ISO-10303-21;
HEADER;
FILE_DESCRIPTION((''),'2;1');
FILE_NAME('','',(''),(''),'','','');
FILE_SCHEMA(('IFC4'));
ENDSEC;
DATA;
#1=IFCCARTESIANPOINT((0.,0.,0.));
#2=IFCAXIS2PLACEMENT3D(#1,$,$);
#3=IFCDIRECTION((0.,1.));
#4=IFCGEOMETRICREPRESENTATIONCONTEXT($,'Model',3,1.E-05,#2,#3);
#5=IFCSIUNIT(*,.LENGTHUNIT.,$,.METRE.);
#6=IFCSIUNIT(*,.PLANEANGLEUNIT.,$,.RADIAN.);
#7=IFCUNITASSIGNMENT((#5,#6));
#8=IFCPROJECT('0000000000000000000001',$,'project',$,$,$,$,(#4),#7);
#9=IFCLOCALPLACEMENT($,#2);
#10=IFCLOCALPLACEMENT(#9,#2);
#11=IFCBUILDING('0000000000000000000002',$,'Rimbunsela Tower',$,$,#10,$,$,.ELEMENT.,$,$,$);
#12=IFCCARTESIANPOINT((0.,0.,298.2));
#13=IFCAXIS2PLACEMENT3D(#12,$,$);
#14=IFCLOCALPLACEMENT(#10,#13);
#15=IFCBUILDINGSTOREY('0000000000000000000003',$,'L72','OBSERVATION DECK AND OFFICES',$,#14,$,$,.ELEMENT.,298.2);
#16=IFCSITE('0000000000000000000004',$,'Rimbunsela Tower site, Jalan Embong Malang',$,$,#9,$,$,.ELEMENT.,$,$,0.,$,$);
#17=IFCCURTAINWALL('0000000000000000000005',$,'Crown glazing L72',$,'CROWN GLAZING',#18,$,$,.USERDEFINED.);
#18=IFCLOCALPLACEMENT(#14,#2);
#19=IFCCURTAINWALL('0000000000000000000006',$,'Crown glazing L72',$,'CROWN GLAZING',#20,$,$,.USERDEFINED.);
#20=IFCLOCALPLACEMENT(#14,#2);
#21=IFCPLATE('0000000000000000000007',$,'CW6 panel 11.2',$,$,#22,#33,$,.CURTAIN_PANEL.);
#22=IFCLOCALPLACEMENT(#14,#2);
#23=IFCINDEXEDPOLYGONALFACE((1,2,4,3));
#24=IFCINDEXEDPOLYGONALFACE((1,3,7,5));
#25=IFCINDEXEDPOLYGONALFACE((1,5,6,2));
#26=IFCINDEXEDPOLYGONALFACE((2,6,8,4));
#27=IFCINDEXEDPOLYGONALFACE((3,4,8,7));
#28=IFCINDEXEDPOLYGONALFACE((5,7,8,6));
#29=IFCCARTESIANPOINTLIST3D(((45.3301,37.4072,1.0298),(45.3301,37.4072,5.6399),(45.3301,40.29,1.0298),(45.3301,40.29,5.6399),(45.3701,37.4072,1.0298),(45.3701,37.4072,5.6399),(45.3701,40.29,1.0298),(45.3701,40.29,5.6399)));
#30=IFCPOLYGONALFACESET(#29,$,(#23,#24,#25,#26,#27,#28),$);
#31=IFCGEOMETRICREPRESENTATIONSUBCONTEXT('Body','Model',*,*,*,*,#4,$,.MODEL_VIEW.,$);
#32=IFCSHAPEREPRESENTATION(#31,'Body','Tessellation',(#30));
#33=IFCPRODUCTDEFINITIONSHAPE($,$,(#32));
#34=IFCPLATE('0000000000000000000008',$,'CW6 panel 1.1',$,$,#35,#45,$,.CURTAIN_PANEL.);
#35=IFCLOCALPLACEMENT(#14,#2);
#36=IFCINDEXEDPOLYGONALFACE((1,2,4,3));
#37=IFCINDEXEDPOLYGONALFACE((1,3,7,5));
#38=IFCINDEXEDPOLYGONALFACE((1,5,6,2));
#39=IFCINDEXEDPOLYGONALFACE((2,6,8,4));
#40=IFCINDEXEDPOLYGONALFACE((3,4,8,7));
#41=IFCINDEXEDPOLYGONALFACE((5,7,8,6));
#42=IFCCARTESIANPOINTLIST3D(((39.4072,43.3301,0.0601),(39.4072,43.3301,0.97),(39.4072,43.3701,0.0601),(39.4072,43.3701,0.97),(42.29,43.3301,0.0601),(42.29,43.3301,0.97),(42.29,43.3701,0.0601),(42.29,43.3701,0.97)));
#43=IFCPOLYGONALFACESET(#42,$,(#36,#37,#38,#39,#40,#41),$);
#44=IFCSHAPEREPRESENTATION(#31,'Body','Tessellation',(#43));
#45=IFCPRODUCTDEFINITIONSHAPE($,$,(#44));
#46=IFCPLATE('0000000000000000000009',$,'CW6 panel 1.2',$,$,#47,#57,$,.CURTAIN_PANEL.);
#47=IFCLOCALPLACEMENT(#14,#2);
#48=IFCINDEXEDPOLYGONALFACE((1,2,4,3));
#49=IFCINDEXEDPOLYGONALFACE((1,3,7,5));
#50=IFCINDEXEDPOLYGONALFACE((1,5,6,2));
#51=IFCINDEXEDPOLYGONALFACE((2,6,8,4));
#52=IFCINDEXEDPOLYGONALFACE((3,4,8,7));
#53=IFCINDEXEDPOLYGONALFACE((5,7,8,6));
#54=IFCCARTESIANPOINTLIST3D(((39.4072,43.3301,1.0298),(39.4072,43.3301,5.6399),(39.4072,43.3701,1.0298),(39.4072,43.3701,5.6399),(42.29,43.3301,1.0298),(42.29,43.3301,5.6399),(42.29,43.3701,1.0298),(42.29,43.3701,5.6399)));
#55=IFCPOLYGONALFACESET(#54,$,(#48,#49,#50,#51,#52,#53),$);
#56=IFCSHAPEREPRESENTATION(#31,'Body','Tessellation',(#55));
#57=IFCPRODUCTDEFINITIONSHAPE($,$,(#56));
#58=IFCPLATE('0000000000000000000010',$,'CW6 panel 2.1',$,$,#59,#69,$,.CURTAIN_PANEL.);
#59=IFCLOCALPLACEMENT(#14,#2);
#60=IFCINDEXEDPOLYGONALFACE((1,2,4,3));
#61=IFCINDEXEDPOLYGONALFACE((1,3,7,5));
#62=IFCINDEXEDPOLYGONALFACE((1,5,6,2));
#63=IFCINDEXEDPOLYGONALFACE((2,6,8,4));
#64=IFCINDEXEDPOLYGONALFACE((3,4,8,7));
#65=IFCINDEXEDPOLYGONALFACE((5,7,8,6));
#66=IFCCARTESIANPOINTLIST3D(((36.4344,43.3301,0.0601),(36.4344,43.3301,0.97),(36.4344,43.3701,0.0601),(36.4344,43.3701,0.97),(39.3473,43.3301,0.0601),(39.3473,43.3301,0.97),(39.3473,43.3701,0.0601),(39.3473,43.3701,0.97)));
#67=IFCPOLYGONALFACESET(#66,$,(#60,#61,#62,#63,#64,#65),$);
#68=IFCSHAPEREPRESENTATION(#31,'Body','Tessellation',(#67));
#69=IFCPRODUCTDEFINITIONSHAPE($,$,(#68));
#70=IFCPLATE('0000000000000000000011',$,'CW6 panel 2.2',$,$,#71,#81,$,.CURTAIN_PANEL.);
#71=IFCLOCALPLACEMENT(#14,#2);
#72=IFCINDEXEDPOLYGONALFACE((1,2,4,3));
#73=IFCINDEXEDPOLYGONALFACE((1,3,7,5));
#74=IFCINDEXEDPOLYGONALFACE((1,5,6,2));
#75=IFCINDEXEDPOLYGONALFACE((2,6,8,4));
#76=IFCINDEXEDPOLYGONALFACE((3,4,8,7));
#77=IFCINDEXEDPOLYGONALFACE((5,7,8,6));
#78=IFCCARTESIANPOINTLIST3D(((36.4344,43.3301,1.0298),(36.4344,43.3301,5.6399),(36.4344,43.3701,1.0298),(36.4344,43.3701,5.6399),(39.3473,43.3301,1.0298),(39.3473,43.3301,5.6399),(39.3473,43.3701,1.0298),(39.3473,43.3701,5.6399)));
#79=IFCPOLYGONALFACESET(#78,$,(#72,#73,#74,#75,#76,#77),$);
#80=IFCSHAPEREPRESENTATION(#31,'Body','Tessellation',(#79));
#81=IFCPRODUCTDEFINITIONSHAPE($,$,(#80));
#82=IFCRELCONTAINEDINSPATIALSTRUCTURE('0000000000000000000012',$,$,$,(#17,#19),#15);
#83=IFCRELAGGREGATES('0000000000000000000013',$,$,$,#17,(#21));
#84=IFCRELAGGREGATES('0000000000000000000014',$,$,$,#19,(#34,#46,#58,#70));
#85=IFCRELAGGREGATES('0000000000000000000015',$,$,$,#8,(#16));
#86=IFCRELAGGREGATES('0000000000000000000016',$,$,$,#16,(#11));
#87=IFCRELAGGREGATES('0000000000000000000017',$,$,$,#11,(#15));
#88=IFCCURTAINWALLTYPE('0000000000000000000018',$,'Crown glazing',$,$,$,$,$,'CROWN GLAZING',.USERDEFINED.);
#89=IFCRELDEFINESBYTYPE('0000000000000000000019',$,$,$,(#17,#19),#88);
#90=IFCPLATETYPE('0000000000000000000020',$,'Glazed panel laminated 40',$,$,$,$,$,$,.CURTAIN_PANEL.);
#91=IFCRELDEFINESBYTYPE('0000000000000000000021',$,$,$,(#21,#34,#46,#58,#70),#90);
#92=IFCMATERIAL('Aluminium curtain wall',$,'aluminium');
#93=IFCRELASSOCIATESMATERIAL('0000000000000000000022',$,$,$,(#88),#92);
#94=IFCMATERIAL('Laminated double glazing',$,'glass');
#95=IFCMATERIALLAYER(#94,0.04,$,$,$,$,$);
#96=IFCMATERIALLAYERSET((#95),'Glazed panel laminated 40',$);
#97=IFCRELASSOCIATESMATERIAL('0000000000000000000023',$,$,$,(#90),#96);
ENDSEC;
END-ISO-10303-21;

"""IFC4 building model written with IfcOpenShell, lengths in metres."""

from ifc_helpers import new_model, si_unit, direction, frame, origin, origin_2d, place, context, subcontext, project, spatial, rectangle, extrude, material, layer, layer_set, type_object, element, aggregate, save


model = new_model("IFC4")

# Units and contexts
model_context = context("Model", 3, precision=1e-05, world=origin(), true_north=direction((0.0, 1.0)))
body_context = subcontext(model_context, "Body", "Model", "MODEL_VIEW")
ifc_project = project(units=[si_unit("LENGTHUNIT", "METRE"), si_unit("PLANEANGLEUNIT", "RADIAN")], contexts=[model_context])

# Site, building, storey
site_placement = place(None, origin())
site = spatial("IfcSite", under=ifc_project, at=site_placement, Name="Rimbunsela Tower site, Jalan Embong Malang", CompositionType="ELEMENT", RefElevation=0.0)
building_placement = place(site_placement, origin())
building = spatial("IfcBuilding", under=site, at=building_placement, Name="Rimbunsela Tower", CompositionType="ELEMENT")
storey_placement = place(building_placement, frame((0.0, 0.0, 298.2)))
storey = spatial("IfcBuildingStorey", under=building, at=storey_placement, Name="L72", Description="OBSERVATION DECK AND OFFICES", CompositionType="ELEMENT", Elevation=298.2)

# Curtain wall
ifc_material_1 = material(Name="Aluminium curtain wall", Category="aluminium")
curtain_wall_type_1 = type_object("IfcCurtainWallType", Name="Crown glazing", ElementType="CROWN GLAZING", PredefinedType="USERDEFINED", material=ifc_material_1)
curtain_wall_1_placement = place(storey_placement, origin())
curtain_wall_1 = element("IfcCurtainWall", 1, at=curtain_wall_1_placement, inside=storey, type_object=curtain_wall_type_1, Name="Crown glazing L72", ObjectType="CROWN GLAZING", PredefinedType="USERDEFINED")

# Curtain wall
curtain_wall_2_placement = place(storey_placement, origin())
curtain_wall_2 = element("IfcCurtainWall", 2, at=curtain_wall_2_placement, inside=storey, type_object=curtain_wall_type_1, Name="Crown glazing L72", ObjectType="CROWN GLAZING", PredefinedType="USERDEFINED")

# Plates
ifc_material_2 = material(Name="Laminated double glazing", Category="glass")
ifc_layer_1 = layer(ifc_material_2, 0.04)
ifc_layer_set_1 = layer_set([ifc_layer_1], Name="Glazed panel laminated 40")
plate_type_1 = type_object("IfcPlateType", Name="Glazed panel laminated 40", PredefinedType="CURTAIN_PANEL", material=ifc_layer_set_1)
plate_1_placement = place(storey_placement, frame((45.3501, 38.8486, 1.0298), z_axis=(0.0, 0.0, 1.0), x_axis=(0.0, 1.0, 0.0)))
plate_1 = element("IfcPlate", 3, at=plate_1_placement, type_object=plate_type_1, Name="CW6 panel 11.2", PredefinedType="CURTAIN_PANEL", context=body_context, shape_type="SweptSolid", body=[
    extrude(rectangle(XDim=2.8828, YDim=0.04, at=origin_2d()), origin(), (0.0, 0.0, 1.0), 4.6101),
])
aggregate(curtain_wall_1, [plate_1])
plate_2_placement = place(storey_placement, frame((40.8486, 43.3501, 0.0601), z_axis=(0.0, 0.0, 1.0), x_axis=(-1.0, 0.0, 0.0)))
plate_2 = element("IfcPlate", 4, at=plate_2_placement, type_object=plate_type_1, Name="CW6 panel 1.1", PredefinedType="CURTAIN_PANEL", context=body_context, shape_type="SweptSolid", body=[
    extrude(rectangle(XDim=2.8828, YDim=0.04, at=origin_2d()), origin(), (0.0, 0.0, 1.0), 0.9099),
])
plate_3_placement = place(storey_placement, frame((40.8486, 43.3501, 1.0298), z_axis=(0.0, 0.0, 1.0), x_axis=(-1.0, 0.0, 0.0)))
plate_3 = element("IfcPlate", 5, at=plate_3_placement, type_object=plate_type_1, Name="CW6 panel 1.2", PredefinedType="CURTAIN_PANEL", context=body_context, shape_type="SweptSolid", body=[
    extrude(rectangle(XDim=2.8828, YDim=0.04, at=origin_2d()), origin(), (0.0, 0.0, 1.0), 4.6101),
])
plate_4_placement = place(storey_placement, frame((37.8909, 43.3501, 0.0601), z_axis=(0.0, 0.0, 1.0), x_axis=(-1.0, 0.0, 0.0)))
plate_4 = element("IfcPlate", 6, at=plate_4_placement, type_object=plate_type_1, Name="CW6 panel 2.1", PredefinedType="CURTAIN_PANEL", context=body_context, shape_type="SweptSolid", body=[
    extrude(rectangle(XDim=2.9128, YDim=0.04, at=origin_2d()), origin(), (0.0, 0.0, 1.0), 0.9099),
])
plate_5_placement = place(storey_placement, frame((37.8909, 43.3501, 1.0298), z_axis=(0.0, 0.0, 1.0), x_axis=(-1.0, 0.0, 0.0)))
plate_5 = element("IfcPlate", 7, at=plate_5_placement, type_object=plate_type_1, Name="CW6 panel 2.2", PredefinedType="CURTAIN_PANEL", context=body_context, shape_type="SweptSolid", body=[
    extrude(rectangle(XDim=2.9128, YDim=0.04, at=origin_2d()), origin(), (0.0, 0.0, 1.0), 4.6101),
])
aggregate(curtain_wall_2, [plate_2, plate_3, plate_4, plate_5])

save(model, "model.ifc")
